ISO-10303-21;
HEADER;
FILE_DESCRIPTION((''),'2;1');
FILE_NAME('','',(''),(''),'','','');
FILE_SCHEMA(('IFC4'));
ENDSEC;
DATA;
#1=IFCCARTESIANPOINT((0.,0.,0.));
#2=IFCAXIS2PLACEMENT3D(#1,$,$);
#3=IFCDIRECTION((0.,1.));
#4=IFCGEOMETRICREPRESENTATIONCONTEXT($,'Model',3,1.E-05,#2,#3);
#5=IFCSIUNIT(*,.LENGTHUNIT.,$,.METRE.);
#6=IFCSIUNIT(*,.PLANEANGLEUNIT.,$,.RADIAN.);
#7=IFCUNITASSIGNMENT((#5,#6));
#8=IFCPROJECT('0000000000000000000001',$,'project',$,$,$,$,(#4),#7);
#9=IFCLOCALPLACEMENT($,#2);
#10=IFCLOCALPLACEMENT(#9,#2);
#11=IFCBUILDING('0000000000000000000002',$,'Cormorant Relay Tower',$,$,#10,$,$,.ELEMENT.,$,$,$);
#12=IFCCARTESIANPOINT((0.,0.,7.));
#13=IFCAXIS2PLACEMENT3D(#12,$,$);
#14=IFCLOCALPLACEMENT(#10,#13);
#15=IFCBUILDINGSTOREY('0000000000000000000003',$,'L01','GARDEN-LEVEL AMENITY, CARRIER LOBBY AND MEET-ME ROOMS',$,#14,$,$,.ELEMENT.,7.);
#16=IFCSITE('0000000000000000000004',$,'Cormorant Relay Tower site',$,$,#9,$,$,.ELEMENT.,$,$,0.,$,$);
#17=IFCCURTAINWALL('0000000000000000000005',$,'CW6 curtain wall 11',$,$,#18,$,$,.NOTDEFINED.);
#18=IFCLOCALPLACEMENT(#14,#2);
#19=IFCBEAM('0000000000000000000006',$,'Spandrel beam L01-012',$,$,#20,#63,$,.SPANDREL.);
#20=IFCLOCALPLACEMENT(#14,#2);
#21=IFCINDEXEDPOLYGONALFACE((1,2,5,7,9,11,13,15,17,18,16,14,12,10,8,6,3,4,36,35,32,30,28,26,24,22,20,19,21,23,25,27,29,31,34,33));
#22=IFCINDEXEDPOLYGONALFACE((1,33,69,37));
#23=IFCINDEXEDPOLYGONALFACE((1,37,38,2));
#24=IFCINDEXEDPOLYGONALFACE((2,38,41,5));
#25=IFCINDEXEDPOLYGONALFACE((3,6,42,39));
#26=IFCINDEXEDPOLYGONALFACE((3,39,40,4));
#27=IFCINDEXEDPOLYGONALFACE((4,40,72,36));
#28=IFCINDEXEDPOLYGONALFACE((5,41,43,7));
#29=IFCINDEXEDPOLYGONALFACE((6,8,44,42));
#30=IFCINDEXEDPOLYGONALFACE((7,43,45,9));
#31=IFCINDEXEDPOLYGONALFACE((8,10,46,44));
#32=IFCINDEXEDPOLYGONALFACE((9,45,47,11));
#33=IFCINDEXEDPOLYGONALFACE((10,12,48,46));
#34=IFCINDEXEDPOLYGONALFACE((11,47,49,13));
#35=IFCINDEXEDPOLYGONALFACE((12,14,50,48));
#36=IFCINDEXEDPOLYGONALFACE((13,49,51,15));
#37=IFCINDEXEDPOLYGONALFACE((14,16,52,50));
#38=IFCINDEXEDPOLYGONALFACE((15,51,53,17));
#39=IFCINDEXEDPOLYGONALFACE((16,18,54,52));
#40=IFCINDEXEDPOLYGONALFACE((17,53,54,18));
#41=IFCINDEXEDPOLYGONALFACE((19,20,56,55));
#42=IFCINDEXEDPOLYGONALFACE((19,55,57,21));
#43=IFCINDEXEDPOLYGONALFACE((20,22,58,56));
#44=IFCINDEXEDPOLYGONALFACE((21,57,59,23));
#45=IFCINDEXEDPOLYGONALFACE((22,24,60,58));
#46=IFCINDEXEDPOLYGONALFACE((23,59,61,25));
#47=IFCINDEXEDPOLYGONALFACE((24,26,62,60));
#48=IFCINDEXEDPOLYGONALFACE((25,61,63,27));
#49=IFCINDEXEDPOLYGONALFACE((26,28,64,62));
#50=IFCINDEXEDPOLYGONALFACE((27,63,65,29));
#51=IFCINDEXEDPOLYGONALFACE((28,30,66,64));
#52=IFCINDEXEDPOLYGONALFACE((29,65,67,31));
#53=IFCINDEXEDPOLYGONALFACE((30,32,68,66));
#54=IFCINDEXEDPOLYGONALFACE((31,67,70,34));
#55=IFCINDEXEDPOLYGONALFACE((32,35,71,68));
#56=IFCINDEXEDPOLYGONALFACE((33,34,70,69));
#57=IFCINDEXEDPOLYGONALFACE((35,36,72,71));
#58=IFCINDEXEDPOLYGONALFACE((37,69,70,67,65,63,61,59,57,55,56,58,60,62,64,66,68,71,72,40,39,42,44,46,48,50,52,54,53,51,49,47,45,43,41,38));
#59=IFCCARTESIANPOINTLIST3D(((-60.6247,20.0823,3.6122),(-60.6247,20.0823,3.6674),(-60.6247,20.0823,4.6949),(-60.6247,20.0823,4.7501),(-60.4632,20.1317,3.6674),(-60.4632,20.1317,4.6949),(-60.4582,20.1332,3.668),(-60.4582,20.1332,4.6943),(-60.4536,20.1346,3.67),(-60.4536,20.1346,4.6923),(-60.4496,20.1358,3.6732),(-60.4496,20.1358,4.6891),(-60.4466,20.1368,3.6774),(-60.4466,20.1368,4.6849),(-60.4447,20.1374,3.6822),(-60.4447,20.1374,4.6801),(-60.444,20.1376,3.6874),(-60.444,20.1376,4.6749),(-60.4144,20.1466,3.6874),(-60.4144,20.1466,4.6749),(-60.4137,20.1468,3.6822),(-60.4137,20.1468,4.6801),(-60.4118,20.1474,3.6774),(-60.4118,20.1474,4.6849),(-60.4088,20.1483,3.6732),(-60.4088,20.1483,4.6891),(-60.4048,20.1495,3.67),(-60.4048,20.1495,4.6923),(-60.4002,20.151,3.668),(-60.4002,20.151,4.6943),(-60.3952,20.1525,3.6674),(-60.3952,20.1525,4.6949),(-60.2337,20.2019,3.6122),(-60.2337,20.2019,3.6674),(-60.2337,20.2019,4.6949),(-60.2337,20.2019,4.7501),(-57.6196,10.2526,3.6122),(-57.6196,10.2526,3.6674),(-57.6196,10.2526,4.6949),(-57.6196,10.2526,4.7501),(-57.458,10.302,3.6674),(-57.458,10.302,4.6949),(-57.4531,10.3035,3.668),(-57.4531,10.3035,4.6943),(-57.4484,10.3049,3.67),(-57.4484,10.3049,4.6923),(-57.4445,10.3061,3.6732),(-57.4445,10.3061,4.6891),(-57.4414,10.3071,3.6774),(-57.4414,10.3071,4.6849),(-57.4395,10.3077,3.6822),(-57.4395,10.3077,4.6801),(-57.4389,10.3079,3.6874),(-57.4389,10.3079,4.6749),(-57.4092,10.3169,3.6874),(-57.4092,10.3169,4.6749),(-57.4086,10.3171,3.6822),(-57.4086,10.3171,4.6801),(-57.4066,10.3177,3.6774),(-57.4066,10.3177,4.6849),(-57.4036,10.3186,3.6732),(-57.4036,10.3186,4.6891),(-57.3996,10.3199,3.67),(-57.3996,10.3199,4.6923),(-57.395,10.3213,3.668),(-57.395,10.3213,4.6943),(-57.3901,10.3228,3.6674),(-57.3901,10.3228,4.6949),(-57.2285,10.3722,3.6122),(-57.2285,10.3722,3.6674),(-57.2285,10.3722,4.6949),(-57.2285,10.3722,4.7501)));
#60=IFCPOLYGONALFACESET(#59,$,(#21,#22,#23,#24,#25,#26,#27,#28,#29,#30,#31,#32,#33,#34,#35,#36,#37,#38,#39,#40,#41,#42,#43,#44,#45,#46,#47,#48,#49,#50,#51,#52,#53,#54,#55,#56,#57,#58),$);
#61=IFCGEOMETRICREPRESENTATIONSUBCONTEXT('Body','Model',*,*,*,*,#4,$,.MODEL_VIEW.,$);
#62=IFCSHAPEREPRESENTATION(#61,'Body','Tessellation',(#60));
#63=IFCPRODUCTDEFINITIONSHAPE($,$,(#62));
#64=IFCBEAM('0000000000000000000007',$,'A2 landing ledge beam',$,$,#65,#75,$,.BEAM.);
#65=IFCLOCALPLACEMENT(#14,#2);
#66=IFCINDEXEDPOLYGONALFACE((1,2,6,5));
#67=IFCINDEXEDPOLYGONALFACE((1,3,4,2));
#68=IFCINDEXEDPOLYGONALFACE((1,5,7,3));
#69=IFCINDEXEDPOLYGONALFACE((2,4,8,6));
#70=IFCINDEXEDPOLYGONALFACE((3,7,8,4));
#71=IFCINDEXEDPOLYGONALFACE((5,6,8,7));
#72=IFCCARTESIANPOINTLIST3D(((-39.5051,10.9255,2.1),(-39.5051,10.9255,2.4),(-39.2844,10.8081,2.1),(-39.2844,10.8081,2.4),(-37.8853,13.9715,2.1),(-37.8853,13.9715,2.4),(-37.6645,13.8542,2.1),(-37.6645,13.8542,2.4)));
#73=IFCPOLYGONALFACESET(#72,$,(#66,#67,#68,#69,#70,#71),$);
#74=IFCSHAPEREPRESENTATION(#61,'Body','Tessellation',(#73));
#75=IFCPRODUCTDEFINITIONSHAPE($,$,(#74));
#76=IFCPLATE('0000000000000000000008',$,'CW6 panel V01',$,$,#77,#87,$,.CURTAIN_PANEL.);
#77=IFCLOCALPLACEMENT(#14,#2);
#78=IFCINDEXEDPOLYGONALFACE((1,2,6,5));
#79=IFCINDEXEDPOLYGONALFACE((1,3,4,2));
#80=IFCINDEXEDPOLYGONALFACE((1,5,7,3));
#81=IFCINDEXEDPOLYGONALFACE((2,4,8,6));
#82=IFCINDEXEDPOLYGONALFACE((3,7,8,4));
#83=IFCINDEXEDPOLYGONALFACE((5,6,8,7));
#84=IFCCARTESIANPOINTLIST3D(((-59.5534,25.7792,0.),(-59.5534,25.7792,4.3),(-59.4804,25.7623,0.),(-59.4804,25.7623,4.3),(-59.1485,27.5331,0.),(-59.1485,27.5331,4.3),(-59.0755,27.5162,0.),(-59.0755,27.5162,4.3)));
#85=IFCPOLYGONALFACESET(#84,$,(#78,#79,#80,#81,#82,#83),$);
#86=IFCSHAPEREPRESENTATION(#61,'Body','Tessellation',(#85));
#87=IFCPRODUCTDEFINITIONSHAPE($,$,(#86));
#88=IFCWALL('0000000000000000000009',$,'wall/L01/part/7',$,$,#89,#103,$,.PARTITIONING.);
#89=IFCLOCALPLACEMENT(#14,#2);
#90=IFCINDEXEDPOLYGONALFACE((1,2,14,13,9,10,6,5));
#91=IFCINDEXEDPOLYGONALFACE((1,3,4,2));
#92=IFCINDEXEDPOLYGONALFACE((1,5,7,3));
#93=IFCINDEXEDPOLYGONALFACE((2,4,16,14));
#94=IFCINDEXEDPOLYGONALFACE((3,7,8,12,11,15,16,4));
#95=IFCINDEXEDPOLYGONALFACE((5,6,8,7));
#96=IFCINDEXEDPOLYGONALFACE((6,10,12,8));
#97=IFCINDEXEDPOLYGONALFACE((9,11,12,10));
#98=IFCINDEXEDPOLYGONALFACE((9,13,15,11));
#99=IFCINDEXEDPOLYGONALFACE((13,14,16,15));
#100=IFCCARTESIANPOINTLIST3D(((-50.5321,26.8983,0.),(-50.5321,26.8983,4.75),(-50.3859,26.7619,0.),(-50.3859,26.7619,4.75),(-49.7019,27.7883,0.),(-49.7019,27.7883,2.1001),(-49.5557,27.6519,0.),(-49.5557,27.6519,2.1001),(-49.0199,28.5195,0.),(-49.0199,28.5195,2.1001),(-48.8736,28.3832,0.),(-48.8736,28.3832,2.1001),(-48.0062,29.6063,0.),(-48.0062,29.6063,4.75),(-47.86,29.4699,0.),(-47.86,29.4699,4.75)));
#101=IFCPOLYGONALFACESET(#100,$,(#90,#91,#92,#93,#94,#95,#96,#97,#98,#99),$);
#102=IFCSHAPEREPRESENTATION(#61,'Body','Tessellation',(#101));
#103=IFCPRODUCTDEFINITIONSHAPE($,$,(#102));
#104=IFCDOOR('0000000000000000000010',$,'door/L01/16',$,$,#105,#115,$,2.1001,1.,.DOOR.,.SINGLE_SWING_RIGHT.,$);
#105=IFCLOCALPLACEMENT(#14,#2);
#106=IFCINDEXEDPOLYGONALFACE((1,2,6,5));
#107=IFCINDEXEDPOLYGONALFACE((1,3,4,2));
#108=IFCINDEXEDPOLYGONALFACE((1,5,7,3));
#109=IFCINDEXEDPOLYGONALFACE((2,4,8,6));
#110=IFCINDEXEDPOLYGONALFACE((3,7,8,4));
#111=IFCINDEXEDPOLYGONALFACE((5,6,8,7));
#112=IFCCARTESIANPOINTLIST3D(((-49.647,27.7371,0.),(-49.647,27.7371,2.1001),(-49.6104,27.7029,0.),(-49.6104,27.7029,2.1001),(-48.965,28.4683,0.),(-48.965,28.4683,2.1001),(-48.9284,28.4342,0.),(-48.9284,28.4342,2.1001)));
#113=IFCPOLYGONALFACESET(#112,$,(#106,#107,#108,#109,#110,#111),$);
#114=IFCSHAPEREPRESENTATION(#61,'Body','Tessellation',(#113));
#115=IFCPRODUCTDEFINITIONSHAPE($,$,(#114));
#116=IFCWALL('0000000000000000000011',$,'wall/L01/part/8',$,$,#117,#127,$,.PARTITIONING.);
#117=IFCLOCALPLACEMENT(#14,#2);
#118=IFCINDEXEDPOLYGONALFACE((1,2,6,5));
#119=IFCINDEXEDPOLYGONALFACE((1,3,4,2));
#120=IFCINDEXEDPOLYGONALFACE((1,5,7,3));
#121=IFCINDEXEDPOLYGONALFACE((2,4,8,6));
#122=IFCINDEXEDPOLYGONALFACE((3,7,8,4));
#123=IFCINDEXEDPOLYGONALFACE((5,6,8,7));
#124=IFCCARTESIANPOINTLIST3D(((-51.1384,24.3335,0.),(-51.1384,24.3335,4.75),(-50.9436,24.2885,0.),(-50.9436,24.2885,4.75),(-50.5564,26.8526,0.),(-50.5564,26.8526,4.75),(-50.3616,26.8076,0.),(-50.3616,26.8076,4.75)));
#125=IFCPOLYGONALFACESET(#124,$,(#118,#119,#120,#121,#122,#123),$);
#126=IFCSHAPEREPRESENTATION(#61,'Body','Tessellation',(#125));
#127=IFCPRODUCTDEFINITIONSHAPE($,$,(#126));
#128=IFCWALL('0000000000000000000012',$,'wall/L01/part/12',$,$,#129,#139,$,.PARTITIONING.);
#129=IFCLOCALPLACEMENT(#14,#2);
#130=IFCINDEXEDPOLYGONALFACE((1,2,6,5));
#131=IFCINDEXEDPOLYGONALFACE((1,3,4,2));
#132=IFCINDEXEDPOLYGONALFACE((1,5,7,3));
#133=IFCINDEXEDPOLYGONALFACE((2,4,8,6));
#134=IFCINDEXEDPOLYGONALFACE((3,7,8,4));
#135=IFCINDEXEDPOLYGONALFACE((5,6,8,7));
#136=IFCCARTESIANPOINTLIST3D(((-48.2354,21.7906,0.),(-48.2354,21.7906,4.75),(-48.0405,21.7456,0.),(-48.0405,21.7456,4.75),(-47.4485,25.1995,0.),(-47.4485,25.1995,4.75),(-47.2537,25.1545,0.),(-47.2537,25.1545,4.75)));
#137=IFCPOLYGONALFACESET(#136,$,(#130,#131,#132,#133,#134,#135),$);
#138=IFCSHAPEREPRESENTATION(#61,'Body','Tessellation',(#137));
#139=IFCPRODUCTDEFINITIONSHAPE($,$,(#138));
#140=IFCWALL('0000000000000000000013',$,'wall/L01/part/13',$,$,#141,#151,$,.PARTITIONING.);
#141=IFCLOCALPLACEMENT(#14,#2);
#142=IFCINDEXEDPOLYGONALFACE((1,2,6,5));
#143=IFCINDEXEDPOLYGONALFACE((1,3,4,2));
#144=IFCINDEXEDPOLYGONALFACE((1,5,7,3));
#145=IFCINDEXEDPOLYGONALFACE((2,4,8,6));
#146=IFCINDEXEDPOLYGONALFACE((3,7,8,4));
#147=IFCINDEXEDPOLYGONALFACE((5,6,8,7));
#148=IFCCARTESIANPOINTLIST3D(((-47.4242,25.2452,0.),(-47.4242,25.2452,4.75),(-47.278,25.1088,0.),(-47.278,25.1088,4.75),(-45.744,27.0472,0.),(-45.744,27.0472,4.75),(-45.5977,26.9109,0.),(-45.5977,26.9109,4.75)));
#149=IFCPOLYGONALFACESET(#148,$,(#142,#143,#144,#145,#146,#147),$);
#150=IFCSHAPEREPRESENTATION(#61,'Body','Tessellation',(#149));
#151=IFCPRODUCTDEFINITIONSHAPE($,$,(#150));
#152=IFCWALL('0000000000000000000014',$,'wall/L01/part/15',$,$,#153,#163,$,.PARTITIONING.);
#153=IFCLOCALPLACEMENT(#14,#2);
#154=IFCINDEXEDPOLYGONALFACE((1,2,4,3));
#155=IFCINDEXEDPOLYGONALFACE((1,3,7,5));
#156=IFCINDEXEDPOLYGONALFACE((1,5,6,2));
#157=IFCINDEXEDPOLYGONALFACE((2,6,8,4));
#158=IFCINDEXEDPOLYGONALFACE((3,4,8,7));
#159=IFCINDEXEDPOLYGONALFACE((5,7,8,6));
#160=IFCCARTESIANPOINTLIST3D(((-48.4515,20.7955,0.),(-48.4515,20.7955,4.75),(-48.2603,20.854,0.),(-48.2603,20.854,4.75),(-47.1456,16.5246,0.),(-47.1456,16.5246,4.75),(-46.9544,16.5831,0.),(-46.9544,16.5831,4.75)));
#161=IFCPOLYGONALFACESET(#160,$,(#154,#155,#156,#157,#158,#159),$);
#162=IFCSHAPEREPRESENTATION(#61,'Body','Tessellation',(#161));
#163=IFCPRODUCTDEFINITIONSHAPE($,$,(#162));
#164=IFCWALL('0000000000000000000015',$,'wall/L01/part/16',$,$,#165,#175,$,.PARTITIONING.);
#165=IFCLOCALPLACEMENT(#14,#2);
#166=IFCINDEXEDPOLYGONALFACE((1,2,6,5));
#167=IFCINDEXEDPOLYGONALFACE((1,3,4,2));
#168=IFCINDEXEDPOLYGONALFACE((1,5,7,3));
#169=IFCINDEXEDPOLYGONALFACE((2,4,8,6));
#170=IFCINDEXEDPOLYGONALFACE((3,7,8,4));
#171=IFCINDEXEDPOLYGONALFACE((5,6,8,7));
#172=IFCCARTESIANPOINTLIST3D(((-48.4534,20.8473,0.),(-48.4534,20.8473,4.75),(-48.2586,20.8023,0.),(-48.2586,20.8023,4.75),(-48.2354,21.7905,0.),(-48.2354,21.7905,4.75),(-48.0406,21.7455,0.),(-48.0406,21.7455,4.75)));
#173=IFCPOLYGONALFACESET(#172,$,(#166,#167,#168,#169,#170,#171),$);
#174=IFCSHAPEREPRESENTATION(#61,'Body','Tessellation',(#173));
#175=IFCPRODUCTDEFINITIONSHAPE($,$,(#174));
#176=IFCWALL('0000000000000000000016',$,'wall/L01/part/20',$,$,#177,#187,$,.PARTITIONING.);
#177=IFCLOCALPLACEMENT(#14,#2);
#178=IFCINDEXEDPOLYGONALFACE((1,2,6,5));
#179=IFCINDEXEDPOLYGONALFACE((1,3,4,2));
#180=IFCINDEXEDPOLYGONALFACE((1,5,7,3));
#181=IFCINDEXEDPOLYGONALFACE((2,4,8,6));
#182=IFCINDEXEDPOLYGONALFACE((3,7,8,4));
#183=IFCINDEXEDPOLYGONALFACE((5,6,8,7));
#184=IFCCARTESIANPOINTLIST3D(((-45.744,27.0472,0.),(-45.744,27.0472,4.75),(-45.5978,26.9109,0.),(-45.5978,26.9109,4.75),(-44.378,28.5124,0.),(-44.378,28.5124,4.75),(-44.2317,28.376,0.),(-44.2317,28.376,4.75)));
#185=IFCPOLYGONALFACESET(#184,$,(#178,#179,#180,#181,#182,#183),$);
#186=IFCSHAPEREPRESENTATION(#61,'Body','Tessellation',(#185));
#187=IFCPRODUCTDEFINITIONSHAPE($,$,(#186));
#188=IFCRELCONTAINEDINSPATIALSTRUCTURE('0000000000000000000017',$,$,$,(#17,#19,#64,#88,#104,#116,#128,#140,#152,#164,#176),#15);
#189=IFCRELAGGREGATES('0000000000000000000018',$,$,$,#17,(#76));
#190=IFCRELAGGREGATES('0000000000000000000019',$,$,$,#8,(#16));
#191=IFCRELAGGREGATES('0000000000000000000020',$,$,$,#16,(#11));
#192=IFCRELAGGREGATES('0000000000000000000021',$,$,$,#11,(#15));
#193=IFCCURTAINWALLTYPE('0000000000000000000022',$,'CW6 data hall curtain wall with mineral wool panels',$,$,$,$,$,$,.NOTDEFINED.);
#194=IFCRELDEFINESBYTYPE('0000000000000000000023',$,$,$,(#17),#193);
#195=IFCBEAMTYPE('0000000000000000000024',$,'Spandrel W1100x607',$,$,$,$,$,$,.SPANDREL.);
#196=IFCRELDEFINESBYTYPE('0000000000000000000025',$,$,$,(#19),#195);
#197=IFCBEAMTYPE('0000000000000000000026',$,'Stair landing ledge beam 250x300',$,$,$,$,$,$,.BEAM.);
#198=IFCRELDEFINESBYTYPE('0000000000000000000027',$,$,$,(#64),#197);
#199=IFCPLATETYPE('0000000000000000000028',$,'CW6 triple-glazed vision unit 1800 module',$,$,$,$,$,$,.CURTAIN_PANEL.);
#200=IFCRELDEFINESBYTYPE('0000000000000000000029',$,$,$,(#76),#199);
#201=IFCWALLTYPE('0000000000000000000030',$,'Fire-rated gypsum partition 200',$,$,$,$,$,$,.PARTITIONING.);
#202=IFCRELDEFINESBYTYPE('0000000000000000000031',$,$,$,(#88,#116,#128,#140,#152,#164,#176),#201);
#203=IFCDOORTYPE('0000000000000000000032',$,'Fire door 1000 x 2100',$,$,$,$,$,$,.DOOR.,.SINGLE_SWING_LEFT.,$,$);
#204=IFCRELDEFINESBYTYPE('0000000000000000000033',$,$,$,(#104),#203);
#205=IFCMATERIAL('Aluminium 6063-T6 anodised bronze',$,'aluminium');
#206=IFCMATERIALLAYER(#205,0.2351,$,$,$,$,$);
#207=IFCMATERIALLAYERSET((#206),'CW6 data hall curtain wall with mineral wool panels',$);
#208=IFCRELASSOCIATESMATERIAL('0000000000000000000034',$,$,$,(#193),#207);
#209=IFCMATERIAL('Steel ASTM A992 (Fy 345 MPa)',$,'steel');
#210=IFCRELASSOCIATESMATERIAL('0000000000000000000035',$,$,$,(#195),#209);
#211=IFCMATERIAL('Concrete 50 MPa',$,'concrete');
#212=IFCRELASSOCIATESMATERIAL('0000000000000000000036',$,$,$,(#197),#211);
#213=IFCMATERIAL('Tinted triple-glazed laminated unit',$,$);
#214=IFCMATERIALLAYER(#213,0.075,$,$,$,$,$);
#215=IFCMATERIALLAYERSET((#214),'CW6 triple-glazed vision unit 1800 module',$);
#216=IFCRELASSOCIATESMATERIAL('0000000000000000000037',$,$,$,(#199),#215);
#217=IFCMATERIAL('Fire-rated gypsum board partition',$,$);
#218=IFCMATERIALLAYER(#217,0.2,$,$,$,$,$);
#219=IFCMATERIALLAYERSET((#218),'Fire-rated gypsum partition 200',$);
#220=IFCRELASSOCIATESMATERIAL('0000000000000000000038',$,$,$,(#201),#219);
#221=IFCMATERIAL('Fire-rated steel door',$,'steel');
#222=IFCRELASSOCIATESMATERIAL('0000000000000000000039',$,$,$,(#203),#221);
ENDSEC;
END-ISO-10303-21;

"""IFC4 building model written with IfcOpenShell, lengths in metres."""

from ifc_helpers import new_model, si_unit, direction, frame, frame_2d, origin, origin_2d, place, context, subcontext, project, spatial, rectangle, i_section, extrude, material, layer, layer_set, material_profile, profile_set, type_object, element, fill, aggregate, save


model = new_model("IFC4")

# Units and contexts
model_context = context("Model", 3, precision=1e-05, world=origin(), true_north=direction((0.0, 1.0)))
body_context = subcontext(model_context, "Body", "Model", "MODEL_VIEW")
ifc_project = project(units=[si_unit("LENGTHUNIT", "METRE"), si_unit("PLANEANGLEUNIT", "RADIAN")], contexts=[model_context])

# Site, building, storey
site_placement = place(None, origin())
site = spatial("IfcSite", under=ifc_project, at=site_placement, Name="Cormorant Relay Tower site", CompositionType="ELEMENT", RefElevation=0.0)
building_placement = place(site_placement, origin())
building = spatial("IfcBuilding", under=site, at=building_placement, Name="Cormorant Relay Tower", CompositionType="ELEMENT")
storey_placement = place(building_placement, frame((0.0, 0.0, 7.0)))
storey = spatial("IfcBuildingStorey", under=building, at=storey_placement, Name="L01", Description="GARDEN-LEVEL AMENITY, CARRIER LOBBY AND MEET-ME ROOMS", CompositionType="ELEMENT", Elevation=7.0)

# Curtain wall
ifc_material_1 = material(Name="Aluminium 6063-T6 anodised bronze", Category="aluminium")
ifc_layer_1 = layer(ifc_material_1, 0.2351)
ifc_layer_set_1 = layer_set([ifc_layer_1], Name="CW6 data hall curtain wall with mineral wool panels")
curtain_wall_type = type_object("IfcCurtainWallType", Name="CW6 data hall curtain wall with mineral wool panels", PredefinedType="NOTDEFINED", material=ifc_layer_set_1)
curtain_wall_1_placement = place(storey_placement, origin())
curtain_wall_1 = element("IfcCurtainWall", 1, at=curtain_wall_1_placement, inside=storey, type_object=curtain_wall_type, Name="CW6 curtain wall 11", PredefinedType="NOTDEFINED")

# Beams
ifc_material_2 = material(Name="Steel ASTM A992 (Fy 345 MPa)", Category="steel")
ifc_material_profile_1 = material_profile(ifc_material_2, i_section(OverallWidth=0.4089, OverallDepth=1.1379, WebThickness=0.031, FlangeThickness=0.0552, FilletRadius=0.02, at=origin_2d()), Name="W1100x607")
ifc_profile_set_1 = profile_set([ifc_material_profile_1], Name="Steel ASTM A992 (Fy 345 MPa)")
beam_type_1 = type_object("IfcBeamType", Name="Spandrel W1100x607", PredefinedType="SPANDREL", material=ifc_profile_set_1)
beam_1_placement = place(storey_placement, frame((-60.4292, 20.1421, 4.1812), z_axis=(0.292365, -0.956307, 0.0), x_axis=(0.956307, 0.292365, 0.0)))
element("IfcBeam", 2, at=beam_1_placement, inside=storey, type_object=beam_type_1, Name="Spandrel beam L01-012", PredefinedType="SPANDREL", context=body_context, shape_type="SweptSolid", body=[
    extrude(i_section(OverallWidth=0.4089, OverallDepth=1.1379, WebThickness=0.031, FlangeThickness=0.0552, FilletRadius=0.02, at=origin_2d()), origin(), (0.0, 0.0, 1.0), 10.2788),
])
ifc_material_3 = material(Name="Concrete 50 MPa", Category="concrete")
ifc_material_profile_2 = material_profile(ifc_material_3, rectangle(XDim=0.25, YDim=0.3, at=origin_2d()), Name="RC 250x300")
ifc_profile_set_2 = profile_set([ifc_material_profile_2], Name="Concrete 50 MPa")
beam_type_2 = type_object("IfcBeamType", Name="Stair landing ledge beam 250x300", PredefinedType="BEAM", material=ifc_profile_set_2)
beam_2_placement = place(storey_placement, frame((-37.7749, 13.9128, 2.25), z_axis=(-0.469519, -0.882922, 0.0), x_axis=(0.882922, -0.469519, 0.0)))
element("IfcBeam", 3, at=beam_2_placement, inside=storey, type_object=beam_type_2, Name="A2 landing ledge beam", PredefinedType="BEAM", context=body_context, shape_type="SweptSolid", body=[
    extrude(rectangle(XDim=0.25, YDim=0.3, at=origin_2d()), origin(), (0.0, 0.0, 1.0), 3.45),
])

# Plate
ifc_material_4 = material(Name="Tinted triple-glazed laminated unit")
ifc_layer_2 = layer(ifc_material_4, 0.075)
ifc_layer_set_2 = layer_set([ifc_layer_2], Name="CW6 triple-glazed vision unit 1800 module")
plate_type = type_object("IfcPlateType", Name="CW6 triple-glazed vision unit 1800 module", PredefinedType="CURTAIN_PANEL", material=ifc_layer_set_2)
plate_placement = place(storey_placement, frame((-59.3145, 26.6477, 0.0), z_axis=(0.0, 0.0, 1.0), x_axis=(-0.224951, -0.97437, 0.0)))
plate = element("IfcPlate", 4, at=plate_placement, type_object=plate_type, Name="CW6 panel V01", PredefinedType="CURTAIN_PANEL", context=body_context, shape_type="SweptSolid", body=[
    extrude(rectangle(XDim=1.8, YDim=0.075, at=origin_2d()), origin(), (0.0, 0.0, 1.0), 4.3),
])

# Wall, opening, door
ifc_material_5 = material(Name="Fire-rated gypsum board partition")
ifc_layer_3 = layer(ifc_material_5, 0.2)
ifc_layer_set_3 = layer_set([ifc_layer_3], Name="Fire-rated gypsum partition 200")
wall_type_1 = type_object("IfcWallType", Name="Fire-rated gypsum partition 200", PredefinedType="PARTITIONING", material=ifc_layer_set_3)
wall_1_placement = place(storey_placement, frame((-47.9331, 29.5381, 0.0), z_axis=(0.0, 0.0, 1.0), x_axis=(-0.682088, -0.73127, 0.0)))
wall_1 = element("IfcWall", 5, at=wall_1_placement, inside=storey, type_object=wall_type_1, Name="wall/L01/part/7", PredefinedType="PARTITIONING", context=body_context, shape_type="SweptSolid", body=[
    extrude(rectangle(XDim=3.7031, YDim=0.2, at=frame_2d((1.8516, 0.0))), origin(), (0.0, 0.0, 1.0), 4.75),
])
opening_1_placement = place(wall_1_placement, frame((1.4861, 0.0, 0.0)))
opening_1 = element("IfcOpeningElement", 6, at=opening_1_placement, cuts=wall_1, PredefinedType="OPENING", context=body_context, shape_type="SweptSolid", body=[
    extrude(rectangle(XDim=1.0, YDim=2.1001, at=frame_2d((0.5, 1.05))), frame((0.0, 0.1099, 0.0), z_axis=(0.0, -1.0, 0.0), x_axis=(1.0, 0.0, 0.0)), (0.0, 0.0, 1.0), 0.22),
])
ifc_material_6 = material(Name="Fire-rated steel door", Category="steel")
door_type_1 = type_object("IfcDoorType", Name="Fire door 1000 x 2100", OperationType="SINGLE_SWING_LEFT", PredefinedType="DOOR", material=ifc_material_6)
door_1_placement = place(opening_1_placement, frame((1.0, 0.0, 0.0), z_axis=(0.0, 0.0, 1.0), x_axis=(-1.0, 0.0, 0.0)))
door_1 = element("IfcDoor", 7, at=door_1_placement, inside=storey, type_object=door_type_1, Name="door/L01/16", OperationType="SINGLE_SWING_RIGHT", OverallHeight=2.1001, OverallWidth=1.0, PredefinedType="DOOR", context=body_context, shape_type="SweptSolid", body=[
    extrude(rectangle(XDim=1.0, YDim=2.1001, at=frame_2d((0.5, 1.05))), frame((0.0, 0.0249, 0.0), z_axis=(0.0, -1.0, 0.0), x_axis=(1.0, 0.0, 0.0)), (0.0, 0.0, 1.0), 0.05),
])
fill(opening_1, door_1)

# Walls
wall_2_placement = place(storey_placement, frame((-50.459, 26.8301, 0.0), z_axis=(0.0, 0.0, 1.0), x_axis=(-0.225122, -0.974331, 0.0)))
element("IfcWall", 8, at=wall_2_placement, inside=storey, type_object=wall_type_1, Name="wall/L01/part/8", PredefinedType="PARTITIONING", context=body_context, shape_type="SweptSolid", body=[
    extrude(rectangle(XDim=2.5854, YDim=0.2, at=frame_2d((1.2927, 0.0))), origin(), (0.0, 0.0, 1.0), 4.75),
])
wall_3_placement = place(storey_placement, frame((-48.1379, 21.7681, 0.0), z_axis=(0.0, 0.0, 1.0), x_axis=(0.22491, 0.974379, 0.0)))
element("IfcWall", 9, at=wall_3_placement, inside=storey, type_object=wall_type_1, Name="wall/L01/part/12", PredefinedType="PARTITIONING", context=body_context, shape_type="SweptSolid", body=[
    extrude(rectangle(XDim=3.4985, YDim=0.2, at=frame_2d((1.7493, 0.0))), origin(), (0.0, 0.0, 1.0), 4.75),
])
wall_4_placement = place(storey_placement, frame((-47.3511, 25.177, 0.0), z_axis=(0.0, 0.0, 1.0), x_axis=(0.681951, 0.731398, 0.0)))
element("IfcWall", 10, at=wall_4_placement, inside=storey, type_object=wall_type_1, Name="wall/L01/part/13", PredefinedType="PARTITIONING", context=body_context, shape_type="SweptSolid", body=[
    extrude(rectangle(XDim=2.4639, YDim=0.2, at=frame_2d((1.2319, 0.0))), origin(), (0.0, 0.0, 1.0), 4.75),
])
wall_5_placement = place(storey_placement, frame((-47.05, 16.554, 0.0), z_axis=(0.0, 0.0, 1.0), x_axis=(-0.292399, 0.956296, 0.0)))
element("IfcWall", 11, at=wall_5_placement, inside=storey, type_object=wall_type_1, Name="wall/L01/part/15", PredefinedType="PARTITIONING", context=body_context, shape_type="SweptSolid", body=[
    extrude(rectangle(XDim=4.4661, YDim=0.2, at=frame_2d((2.2329, 0.0))), origin(), (0.0, 0.0, 1.0), 4.75),
])
wall_6_placement = place(storey_placement, frame((-48.356, 20.825, 0.0), z_axis=(0.0, 0.0, 1.0), x_axis=(0.225228, 0.974306, 0.0)))
element("IfcWall", 12, at=wall_6_placement, inside=storey, type_object=wall_type_1, Name="wall/L01/part/16", PredefinedType="PARTITIONING", context=body_context, shape_type="SweptSolid", body=[
    extrude(rectangle(XDim=0.968, YDim=0.2, at=frame_2d((0.4839, 0.0))), origin(), (0.0, 0.0, 1.0), 4.75),
])
wall_7_placement = place(storey_placement, frame((-44.3049, 28.4441, 0.0), z_axis=(0.0, 0.0, 1.0), x_axis=(-0.681932, -0.731416, 0.0)))
element("IfcWall", 13, at=wall_7_placement, inside=storey, type_object=wall_type_1, Name="wall/L01/part/20", PredefinedType="PARTITIONING", context=body_context, shape_type="SweptSolid", body=[
    extrude(rectangle(XDim=2.0032, YDim=0.2, at=frame_2d((1.0015, 0.0))), origin(), (0.0, 0.0, 1.0), 4.75),
])

aggregate(curtain_wall_1, [plate])

save(model, "model.ifc")
